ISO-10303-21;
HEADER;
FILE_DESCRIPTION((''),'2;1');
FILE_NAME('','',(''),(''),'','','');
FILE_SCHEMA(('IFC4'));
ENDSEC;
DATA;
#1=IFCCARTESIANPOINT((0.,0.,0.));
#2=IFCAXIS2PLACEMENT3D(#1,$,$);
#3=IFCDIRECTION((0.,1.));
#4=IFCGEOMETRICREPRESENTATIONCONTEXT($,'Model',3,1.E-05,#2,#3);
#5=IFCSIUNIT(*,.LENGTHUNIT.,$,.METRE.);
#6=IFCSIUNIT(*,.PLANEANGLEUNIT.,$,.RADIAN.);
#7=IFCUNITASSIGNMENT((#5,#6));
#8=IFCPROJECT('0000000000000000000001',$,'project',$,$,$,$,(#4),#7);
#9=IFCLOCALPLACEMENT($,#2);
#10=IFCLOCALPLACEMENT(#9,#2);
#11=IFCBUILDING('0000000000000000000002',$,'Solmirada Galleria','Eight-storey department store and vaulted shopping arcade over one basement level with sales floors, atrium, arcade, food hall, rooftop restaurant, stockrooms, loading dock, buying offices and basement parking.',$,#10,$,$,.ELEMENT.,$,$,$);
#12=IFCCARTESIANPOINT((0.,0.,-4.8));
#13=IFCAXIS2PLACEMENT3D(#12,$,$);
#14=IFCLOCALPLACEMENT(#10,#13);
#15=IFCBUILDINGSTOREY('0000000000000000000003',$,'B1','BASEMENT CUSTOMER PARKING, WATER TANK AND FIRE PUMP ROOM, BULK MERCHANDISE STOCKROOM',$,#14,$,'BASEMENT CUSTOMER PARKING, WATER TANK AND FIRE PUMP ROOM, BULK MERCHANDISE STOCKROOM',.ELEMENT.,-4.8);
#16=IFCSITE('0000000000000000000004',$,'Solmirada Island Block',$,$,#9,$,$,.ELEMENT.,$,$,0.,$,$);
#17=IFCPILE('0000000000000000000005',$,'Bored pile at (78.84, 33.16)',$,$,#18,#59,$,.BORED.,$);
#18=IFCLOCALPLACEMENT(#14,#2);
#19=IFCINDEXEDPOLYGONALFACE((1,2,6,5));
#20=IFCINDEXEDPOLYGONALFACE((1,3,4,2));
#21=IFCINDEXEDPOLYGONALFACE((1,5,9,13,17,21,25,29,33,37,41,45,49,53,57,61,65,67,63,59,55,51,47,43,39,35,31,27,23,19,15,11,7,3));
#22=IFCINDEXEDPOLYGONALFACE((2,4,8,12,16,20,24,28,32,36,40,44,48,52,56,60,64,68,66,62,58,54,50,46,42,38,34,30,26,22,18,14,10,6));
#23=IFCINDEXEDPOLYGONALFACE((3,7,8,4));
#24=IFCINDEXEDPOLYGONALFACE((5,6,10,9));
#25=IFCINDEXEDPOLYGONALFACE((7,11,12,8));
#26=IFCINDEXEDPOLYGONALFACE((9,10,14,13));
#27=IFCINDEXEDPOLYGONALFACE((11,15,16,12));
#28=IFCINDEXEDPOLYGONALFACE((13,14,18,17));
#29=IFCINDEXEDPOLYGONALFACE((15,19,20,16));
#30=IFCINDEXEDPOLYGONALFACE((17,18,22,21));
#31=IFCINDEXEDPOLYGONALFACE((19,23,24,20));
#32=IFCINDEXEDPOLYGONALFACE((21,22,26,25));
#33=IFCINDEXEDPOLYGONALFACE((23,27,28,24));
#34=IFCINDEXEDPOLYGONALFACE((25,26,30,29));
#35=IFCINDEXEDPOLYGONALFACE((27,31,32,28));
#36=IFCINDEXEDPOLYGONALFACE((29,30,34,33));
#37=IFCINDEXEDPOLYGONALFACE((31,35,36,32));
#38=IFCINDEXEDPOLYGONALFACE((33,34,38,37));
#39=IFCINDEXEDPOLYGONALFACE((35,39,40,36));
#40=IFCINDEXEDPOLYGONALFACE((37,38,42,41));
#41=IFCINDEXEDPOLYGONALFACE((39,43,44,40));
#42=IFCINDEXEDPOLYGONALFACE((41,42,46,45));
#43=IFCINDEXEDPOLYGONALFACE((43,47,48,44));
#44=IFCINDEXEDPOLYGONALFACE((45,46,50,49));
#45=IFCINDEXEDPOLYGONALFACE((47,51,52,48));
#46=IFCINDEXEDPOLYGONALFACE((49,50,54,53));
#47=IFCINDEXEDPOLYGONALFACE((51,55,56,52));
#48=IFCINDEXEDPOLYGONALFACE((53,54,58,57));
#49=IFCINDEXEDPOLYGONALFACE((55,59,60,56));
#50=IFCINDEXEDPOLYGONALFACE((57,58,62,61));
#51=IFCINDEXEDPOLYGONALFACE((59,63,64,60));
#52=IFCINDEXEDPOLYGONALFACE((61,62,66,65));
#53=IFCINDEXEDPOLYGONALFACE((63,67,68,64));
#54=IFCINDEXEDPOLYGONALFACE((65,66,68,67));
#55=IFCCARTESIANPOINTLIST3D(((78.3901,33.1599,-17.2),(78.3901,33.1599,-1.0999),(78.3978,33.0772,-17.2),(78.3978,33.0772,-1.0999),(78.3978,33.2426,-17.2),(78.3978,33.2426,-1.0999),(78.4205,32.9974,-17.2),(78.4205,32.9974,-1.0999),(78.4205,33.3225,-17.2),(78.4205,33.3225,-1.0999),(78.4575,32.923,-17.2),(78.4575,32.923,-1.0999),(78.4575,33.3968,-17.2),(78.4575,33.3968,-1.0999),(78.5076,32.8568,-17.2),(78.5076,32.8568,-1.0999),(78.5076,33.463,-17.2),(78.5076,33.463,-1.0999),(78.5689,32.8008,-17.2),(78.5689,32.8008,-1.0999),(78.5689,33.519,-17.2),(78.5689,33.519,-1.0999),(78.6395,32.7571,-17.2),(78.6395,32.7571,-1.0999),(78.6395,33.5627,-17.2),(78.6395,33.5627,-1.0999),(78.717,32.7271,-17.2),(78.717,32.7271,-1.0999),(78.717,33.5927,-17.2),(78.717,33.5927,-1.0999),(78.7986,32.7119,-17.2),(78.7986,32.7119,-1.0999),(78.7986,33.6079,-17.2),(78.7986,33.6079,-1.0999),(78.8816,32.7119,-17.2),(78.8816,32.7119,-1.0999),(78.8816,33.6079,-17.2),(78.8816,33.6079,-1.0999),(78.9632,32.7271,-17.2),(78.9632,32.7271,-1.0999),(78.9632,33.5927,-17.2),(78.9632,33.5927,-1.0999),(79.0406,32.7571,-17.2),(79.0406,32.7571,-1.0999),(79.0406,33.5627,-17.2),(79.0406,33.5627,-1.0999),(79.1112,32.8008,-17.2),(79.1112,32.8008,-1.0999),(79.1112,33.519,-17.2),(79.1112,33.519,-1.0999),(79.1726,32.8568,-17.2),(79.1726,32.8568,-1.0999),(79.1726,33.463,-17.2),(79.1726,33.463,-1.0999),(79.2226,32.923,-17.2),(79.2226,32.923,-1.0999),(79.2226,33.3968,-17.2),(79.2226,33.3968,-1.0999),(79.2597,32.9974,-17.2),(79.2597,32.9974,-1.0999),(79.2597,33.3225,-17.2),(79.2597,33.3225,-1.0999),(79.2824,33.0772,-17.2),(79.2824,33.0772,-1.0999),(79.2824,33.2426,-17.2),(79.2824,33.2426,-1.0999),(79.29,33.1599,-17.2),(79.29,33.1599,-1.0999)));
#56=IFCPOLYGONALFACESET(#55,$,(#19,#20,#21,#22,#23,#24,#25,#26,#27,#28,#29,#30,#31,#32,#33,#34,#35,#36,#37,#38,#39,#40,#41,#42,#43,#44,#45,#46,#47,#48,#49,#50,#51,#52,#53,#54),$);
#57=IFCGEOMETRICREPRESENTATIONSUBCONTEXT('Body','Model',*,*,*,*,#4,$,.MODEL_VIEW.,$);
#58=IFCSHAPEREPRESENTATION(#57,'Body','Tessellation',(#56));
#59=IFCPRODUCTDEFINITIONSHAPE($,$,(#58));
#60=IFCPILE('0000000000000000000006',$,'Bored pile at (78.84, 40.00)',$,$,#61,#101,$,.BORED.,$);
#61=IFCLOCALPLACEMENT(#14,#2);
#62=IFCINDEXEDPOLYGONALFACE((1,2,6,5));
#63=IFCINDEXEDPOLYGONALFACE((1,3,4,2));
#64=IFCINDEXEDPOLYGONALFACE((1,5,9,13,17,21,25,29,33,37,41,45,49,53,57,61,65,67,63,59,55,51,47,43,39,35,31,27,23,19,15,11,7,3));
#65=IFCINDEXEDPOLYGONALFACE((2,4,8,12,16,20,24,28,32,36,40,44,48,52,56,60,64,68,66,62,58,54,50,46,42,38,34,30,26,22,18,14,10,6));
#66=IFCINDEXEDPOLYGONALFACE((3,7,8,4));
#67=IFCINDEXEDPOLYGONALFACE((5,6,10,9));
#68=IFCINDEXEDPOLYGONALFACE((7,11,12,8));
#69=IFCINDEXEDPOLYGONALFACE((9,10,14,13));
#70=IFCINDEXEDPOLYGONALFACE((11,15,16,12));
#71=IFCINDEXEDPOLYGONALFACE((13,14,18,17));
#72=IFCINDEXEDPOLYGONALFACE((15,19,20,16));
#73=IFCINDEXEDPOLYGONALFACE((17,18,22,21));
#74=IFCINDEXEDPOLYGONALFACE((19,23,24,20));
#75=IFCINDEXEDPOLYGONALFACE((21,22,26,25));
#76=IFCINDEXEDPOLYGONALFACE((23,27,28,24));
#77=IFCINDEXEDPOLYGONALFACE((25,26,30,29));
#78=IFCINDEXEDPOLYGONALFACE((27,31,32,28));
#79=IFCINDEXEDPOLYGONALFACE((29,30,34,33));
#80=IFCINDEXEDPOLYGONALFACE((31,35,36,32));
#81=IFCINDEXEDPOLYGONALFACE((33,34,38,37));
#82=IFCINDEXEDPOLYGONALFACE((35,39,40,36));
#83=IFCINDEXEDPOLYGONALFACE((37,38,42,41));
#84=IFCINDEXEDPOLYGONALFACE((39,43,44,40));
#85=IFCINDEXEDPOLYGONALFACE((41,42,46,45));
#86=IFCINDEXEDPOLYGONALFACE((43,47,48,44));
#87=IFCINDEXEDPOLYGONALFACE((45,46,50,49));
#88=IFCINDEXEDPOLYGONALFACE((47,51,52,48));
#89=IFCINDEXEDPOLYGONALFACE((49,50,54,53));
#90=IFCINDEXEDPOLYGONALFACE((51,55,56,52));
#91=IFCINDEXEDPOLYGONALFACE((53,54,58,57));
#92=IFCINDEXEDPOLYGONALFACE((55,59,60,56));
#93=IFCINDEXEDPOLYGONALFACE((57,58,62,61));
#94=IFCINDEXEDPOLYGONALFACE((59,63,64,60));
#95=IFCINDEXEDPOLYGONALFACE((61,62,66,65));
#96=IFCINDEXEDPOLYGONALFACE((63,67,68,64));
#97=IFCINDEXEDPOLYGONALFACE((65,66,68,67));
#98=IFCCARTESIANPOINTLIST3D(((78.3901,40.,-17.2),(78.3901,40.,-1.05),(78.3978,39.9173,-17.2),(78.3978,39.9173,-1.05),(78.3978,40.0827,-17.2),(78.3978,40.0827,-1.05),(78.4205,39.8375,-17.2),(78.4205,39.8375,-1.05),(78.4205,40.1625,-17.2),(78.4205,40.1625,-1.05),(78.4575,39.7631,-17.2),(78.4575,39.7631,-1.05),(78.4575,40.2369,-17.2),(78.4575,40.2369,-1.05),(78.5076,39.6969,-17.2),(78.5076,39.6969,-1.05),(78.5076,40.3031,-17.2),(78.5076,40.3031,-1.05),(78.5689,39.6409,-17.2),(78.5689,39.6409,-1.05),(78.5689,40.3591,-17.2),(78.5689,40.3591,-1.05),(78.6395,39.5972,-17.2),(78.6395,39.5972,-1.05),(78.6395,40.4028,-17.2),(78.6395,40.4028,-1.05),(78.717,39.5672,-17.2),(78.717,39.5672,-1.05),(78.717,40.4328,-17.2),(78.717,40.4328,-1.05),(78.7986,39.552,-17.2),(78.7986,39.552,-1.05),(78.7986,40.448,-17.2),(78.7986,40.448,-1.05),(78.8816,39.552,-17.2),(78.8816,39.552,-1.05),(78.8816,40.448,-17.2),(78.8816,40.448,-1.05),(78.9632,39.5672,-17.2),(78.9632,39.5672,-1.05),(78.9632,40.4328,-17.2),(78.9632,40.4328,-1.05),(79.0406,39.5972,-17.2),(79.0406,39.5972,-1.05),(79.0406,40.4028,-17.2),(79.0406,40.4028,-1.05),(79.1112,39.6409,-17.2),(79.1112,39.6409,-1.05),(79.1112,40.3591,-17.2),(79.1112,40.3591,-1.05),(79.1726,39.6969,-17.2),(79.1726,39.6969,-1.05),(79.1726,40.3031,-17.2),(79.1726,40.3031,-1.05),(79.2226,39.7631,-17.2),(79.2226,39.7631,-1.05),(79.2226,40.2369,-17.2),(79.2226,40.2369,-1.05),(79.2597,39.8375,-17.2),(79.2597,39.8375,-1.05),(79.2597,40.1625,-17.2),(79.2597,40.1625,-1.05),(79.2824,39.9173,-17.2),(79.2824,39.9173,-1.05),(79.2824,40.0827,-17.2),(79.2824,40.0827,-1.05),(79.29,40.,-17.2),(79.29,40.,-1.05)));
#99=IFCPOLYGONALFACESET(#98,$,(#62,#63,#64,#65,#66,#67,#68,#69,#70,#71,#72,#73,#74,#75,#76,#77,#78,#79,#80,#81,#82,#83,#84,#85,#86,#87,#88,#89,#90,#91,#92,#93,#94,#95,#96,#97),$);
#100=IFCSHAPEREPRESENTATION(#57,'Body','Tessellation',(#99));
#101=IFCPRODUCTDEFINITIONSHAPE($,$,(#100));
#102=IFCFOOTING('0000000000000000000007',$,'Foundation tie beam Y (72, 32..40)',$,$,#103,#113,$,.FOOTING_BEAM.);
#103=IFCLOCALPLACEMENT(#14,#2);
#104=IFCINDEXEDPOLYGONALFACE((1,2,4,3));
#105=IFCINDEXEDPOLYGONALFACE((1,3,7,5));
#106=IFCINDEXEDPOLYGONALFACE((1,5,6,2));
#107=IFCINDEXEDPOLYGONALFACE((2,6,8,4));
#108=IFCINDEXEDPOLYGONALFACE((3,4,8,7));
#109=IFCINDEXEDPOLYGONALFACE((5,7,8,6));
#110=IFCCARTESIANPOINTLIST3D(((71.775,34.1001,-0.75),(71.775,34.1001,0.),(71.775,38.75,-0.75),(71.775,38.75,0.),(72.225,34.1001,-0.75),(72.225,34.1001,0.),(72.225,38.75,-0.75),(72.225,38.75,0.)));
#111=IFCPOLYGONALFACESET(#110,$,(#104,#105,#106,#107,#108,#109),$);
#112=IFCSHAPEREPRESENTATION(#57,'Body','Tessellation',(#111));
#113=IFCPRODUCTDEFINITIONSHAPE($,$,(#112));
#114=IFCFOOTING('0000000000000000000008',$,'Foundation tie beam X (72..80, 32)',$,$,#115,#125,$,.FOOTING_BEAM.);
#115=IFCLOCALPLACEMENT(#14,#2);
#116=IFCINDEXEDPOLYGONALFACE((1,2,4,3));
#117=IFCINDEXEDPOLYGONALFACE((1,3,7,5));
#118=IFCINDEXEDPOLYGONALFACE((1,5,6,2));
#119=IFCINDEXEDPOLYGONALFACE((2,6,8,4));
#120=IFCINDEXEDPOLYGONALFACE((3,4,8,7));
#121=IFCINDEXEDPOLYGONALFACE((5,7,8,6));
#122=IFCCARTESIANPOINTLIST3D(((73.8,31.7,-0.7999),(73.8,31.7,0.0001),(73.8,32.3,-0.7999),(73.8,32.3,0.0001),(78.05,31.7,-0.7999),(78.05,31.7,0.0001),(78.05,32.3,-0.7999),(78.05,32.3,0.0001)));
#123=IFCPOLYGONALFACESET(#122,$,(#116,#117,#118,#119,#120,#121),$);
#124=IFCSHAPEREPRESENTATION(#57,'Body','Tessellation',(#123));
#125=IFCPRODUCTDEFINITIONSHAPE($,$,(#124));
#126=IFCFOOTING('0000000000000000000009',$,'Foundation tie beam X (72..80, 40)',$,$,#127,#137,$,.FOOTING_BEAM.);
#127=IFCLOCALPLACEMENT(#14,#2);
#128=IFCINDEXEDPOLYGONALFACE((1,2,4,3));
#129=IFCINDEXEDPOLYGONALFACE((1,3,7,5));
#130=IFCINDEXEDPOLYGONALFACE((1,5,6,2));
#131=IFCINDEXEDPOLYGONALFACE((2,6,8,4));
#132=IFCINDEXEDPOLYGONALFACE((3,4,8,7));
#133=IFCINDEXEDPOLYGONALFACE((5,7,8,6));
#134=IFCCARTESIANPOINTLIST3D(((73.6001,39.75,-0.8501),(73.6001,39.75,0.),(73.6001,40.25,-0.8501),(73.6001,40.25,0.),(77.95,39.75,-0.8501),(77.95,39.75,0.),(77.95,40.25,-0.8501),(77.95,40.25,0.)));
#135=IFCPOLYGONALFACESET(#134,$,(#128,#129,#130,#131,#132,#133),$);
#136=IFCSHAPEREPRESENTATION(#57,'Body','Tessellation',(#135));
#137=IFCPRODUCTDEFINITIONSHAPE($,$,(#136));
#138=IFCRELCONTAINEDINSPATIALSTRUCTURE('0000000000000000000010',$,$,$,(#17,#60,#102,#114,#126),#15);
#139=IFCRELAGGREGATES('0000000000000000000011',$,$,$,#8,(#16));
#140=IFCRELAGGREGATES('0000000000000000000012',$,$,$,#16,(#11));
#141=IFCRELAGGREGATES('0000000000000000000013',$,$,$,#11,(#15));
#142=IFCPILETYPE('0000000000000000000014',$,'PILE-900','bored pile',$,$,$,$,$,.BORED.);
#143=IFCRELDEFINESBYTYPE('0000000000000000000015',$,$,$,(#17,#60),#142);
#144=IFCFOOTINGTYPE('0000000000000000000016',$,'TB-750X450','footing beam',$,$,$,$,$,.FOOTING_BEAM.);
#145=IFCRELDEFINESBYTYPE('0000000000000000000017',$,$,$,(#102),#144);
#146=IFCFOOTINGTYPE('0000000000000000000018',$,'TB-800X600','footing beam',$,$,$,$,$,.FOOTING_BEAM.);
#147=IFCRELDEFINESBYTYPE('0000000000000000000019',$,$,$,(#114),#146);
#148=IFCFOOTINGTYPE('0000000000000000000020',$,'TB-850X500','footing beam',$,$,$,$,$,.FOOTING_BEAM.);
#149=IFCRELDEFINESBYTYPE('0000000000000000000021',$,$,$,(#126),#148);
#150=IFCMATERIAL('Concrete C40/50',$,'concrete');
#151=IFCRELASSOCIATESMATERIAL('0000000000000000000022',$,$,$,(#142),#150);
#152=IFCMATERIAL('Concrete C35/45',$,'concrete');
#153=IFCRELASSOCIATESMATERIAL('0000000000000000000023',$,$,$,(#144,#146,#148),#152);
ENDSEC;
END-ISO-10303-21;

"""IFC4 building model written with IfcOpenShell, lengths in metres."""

from ifc_helpers import new_model, si_unit, direction, frame, origin, origin_2d, place, context, subcontext, project, spatial, rectangle, circle, extrude, material, material_profile, profile_set, type_object, element, save


model = new_model("IFC4")

# Units and contexts
model_context = context("Model", 3, precision=1e-05, world=origin(), true_north=direction((0.0, 1.0)))
body_context = subcontext(model_context, "Body", "Model", "MODEL_VIEW")
ifc_project = project(units=[si_unit("LENGTHUNIT", "METRE"), si_unit("PLANEANGLEUNIT", "RADIAN")], contexts=[model_context])

# Site, building, storey
site_placement = place(None, origin())
site = spatial("IfcSite", under=ifc_project, at=site_placement, Name="Solmirada Island Block", CompositionType="ELEMENT", RefElevation=0.0)
building_placement = place(site_placement, origin())
building = spatial("IfcBuilding", under=site, at=building_placement, Name="Solmirada Galleria", Description="Eight-storey department store and vaulted shopping arcade over one basement level with sales floors, atrium, arcade, food hall, rooftop restaurant, stockrooms, loading dock, buying offices and basement parking.", CompositionType="ELEMENT")
storey_placement = place(building_placement, frame((0.0, 0.0, -4.8)))
storey = spatial("IfcBuildingStorey", under=building, at=storey_placement, Name="B1", Description="BASEMENT CUSTOMER PARKING, WATER TANK AND FIRE PUMP ROOM, BULK MERCHANDISE STOCKROOM", LongName="BASEMENT CUSTOMER PARKING, WATER TANK AND FIRE PUMP ROOM, BULK MERCHANDISE STOCKROOM", CompositionType="ELEMENT", Elevation=-4.8)

# Shared definitions
ifc_material_1 = material(Name="Concrete C35/45", Category="concrete")

# Piles
ifc_material_2 = material(Name="Concrete C40/50", Category="concrete")
ifc_material_profile_1 = material_profile(ifc_material_2, circle(Radius=0.45, at=origin_2d()), Name="PILE900")
ifc_profile_set_1 = profile_set([ifc_material_profile_1], Name="Concrete C40/50")
pile_type = type_object("IfcPileType", Name="PILE-900", Description="bored pile", PredefinedType="BORED", material=ifc_profile_set_1)
for number, where, z_axis, x_axis, name in (
    (1, (78.8401, 33.1599, -1.0999), (0.0, 0.0, -1.0), (1.0, 0.0, 0.0), "Bored pile at (78.84, 33.16)"),
):
    element("IfcPile", number, at=place(storey_placement, frame(where, z_axis=z_axis, x_axis=x_axis)), inside=storey, type_object=pile_type, Name=name, PredefinedType="BORED", context=body_context, shape_type="SweptSolid", body=[
        extrude(circle(Radius=0.45, at=origin_2d()), origin(), (0.0, 0.0, 1.0), 16.1001),
    ])
pile_1_placement = place(storey_placement, frame((78.8401, 40.0, -1.05), z_axis=(0.0, 0.0, -1.0), x_axis=(1.0, 0.0, 0.0)))
element("IfcPile", 2, at=pile_1_placement, inside=storey, type_object=pile_type, Name="Bored pile at (78.84, 40.00)", PredefinedType="BORED", context=body_context, shape_type="SweptSolid", body=[
    extrude(circle(Radius=0.45, at=origin_2d()), origin(), (0.0, 0.0, 1.0), 16.1499),
])

# Footings
ifc_material_profile_2 = material_profile(ifc_material_1, rectangle(XDim=0.45, YDim=0.75, at=origin_2d()), Name="RC750X450")
ifc_profile_set_2 = profile_set([ifc_material_profile_2], Name="Concrete C35/45")
footing_type_1 = type_object("IfcFootingType", Name="TB-750X450", Description="footing beam", PredefinedType="FOOTING_BEAM", material=ifc_profile_set_2)
footing_1_placement = place(storey_placement, frame((72.0, 34.1001, -0.375), z_axis=(0.0, 1.0, 0.0), x_axis=(-1.0, 0.0, 0.0)))
element("IfcFooting", 3, at=footing_1_placement, inside=storey, type_object=footing_type_1, Name="Foundation tie beam Y (72, 32..40)", PredefinedType="FOOTING_BEAM", context=body_context, shape_type="SweptSolid", body=[
    extrude(rectangle(XDim=0.45, YDim=0.75, at=origin_2d()), origin(), (0.0, 0.0, 1.0), 4.6499),
])
ifc_material_profile_3 = material_profile(ifc_material_1, rectangle(XDim=0.6001, YDim=0.8, at=origin_2d()), Name="RC800X600")
ifc_profile_set_3 = profile_set([ifc_material_profile_3], Name="Concrete C35/45")
footing_type_2 = type_object("IfcFootingType", Name="TB-800X600", Description="footing beam", PredefinedType="FOOTING_BEAM", material=ifc_profile_set_3)
footing_2_placement = place(storey_placement, frame((73.8, 32.0, -0.3999), z_axis=(1.0, 0.0, 0.0), x_axis=(0.0, 1.0, 0.0)))
element("IfcFooting", 4, at=footing_2_placement, inside=storey, type_object=footing_type_2, Name="Foundation tie beam X (72..80, 32)", PredefinedType="FOOTING_BEAM", context=body_context, shape_type="SweptSolid", body=[
    extrude(rectangle(XDim=0.6001, YDim=0.8, at=origin_2d()), origin(), (0.0, 0.0, 1.0), 4.25),
])
ifc_material_profile_4 = material_profile(ifc_material_1, rectangle(XDim=0.5, YDim=0.8501, at=origin_2d()), Name="RC850X500")
ifc_profile_set_4 = profile_set([ifc_material_profile_4], Name="Concrete C35/45")
footing_type_3 = type_object("IfcFootingType", Name="TB-850X500", Description="footing beam", PredefinedType="FOOTING_BEAM", material=ifc_profile_set_4)
footing_3_placement = place(storey_placement, frame((73.6001, 40.0, -0.425), z_axis=(1.0, 0.0, 0.0), x_axis=(0.0, 1.0, 0.0)))
element("IfcFooting", 5, at=footing_3_placement, inside=storey, type_object=footing_type_3, Name="Foundation tie beam X (72..80, 40)", PredefinedType="FOOTING_BEAM", context=body_context, shape_type="SweptSolid", body=[
    extrude(rectangle(XDim=0.5, YDim=0.8501, at=origin_2d()), origin(), (0.0, 0.0, 1.0), 4.3499),
])

save(model, "model.ifc")
